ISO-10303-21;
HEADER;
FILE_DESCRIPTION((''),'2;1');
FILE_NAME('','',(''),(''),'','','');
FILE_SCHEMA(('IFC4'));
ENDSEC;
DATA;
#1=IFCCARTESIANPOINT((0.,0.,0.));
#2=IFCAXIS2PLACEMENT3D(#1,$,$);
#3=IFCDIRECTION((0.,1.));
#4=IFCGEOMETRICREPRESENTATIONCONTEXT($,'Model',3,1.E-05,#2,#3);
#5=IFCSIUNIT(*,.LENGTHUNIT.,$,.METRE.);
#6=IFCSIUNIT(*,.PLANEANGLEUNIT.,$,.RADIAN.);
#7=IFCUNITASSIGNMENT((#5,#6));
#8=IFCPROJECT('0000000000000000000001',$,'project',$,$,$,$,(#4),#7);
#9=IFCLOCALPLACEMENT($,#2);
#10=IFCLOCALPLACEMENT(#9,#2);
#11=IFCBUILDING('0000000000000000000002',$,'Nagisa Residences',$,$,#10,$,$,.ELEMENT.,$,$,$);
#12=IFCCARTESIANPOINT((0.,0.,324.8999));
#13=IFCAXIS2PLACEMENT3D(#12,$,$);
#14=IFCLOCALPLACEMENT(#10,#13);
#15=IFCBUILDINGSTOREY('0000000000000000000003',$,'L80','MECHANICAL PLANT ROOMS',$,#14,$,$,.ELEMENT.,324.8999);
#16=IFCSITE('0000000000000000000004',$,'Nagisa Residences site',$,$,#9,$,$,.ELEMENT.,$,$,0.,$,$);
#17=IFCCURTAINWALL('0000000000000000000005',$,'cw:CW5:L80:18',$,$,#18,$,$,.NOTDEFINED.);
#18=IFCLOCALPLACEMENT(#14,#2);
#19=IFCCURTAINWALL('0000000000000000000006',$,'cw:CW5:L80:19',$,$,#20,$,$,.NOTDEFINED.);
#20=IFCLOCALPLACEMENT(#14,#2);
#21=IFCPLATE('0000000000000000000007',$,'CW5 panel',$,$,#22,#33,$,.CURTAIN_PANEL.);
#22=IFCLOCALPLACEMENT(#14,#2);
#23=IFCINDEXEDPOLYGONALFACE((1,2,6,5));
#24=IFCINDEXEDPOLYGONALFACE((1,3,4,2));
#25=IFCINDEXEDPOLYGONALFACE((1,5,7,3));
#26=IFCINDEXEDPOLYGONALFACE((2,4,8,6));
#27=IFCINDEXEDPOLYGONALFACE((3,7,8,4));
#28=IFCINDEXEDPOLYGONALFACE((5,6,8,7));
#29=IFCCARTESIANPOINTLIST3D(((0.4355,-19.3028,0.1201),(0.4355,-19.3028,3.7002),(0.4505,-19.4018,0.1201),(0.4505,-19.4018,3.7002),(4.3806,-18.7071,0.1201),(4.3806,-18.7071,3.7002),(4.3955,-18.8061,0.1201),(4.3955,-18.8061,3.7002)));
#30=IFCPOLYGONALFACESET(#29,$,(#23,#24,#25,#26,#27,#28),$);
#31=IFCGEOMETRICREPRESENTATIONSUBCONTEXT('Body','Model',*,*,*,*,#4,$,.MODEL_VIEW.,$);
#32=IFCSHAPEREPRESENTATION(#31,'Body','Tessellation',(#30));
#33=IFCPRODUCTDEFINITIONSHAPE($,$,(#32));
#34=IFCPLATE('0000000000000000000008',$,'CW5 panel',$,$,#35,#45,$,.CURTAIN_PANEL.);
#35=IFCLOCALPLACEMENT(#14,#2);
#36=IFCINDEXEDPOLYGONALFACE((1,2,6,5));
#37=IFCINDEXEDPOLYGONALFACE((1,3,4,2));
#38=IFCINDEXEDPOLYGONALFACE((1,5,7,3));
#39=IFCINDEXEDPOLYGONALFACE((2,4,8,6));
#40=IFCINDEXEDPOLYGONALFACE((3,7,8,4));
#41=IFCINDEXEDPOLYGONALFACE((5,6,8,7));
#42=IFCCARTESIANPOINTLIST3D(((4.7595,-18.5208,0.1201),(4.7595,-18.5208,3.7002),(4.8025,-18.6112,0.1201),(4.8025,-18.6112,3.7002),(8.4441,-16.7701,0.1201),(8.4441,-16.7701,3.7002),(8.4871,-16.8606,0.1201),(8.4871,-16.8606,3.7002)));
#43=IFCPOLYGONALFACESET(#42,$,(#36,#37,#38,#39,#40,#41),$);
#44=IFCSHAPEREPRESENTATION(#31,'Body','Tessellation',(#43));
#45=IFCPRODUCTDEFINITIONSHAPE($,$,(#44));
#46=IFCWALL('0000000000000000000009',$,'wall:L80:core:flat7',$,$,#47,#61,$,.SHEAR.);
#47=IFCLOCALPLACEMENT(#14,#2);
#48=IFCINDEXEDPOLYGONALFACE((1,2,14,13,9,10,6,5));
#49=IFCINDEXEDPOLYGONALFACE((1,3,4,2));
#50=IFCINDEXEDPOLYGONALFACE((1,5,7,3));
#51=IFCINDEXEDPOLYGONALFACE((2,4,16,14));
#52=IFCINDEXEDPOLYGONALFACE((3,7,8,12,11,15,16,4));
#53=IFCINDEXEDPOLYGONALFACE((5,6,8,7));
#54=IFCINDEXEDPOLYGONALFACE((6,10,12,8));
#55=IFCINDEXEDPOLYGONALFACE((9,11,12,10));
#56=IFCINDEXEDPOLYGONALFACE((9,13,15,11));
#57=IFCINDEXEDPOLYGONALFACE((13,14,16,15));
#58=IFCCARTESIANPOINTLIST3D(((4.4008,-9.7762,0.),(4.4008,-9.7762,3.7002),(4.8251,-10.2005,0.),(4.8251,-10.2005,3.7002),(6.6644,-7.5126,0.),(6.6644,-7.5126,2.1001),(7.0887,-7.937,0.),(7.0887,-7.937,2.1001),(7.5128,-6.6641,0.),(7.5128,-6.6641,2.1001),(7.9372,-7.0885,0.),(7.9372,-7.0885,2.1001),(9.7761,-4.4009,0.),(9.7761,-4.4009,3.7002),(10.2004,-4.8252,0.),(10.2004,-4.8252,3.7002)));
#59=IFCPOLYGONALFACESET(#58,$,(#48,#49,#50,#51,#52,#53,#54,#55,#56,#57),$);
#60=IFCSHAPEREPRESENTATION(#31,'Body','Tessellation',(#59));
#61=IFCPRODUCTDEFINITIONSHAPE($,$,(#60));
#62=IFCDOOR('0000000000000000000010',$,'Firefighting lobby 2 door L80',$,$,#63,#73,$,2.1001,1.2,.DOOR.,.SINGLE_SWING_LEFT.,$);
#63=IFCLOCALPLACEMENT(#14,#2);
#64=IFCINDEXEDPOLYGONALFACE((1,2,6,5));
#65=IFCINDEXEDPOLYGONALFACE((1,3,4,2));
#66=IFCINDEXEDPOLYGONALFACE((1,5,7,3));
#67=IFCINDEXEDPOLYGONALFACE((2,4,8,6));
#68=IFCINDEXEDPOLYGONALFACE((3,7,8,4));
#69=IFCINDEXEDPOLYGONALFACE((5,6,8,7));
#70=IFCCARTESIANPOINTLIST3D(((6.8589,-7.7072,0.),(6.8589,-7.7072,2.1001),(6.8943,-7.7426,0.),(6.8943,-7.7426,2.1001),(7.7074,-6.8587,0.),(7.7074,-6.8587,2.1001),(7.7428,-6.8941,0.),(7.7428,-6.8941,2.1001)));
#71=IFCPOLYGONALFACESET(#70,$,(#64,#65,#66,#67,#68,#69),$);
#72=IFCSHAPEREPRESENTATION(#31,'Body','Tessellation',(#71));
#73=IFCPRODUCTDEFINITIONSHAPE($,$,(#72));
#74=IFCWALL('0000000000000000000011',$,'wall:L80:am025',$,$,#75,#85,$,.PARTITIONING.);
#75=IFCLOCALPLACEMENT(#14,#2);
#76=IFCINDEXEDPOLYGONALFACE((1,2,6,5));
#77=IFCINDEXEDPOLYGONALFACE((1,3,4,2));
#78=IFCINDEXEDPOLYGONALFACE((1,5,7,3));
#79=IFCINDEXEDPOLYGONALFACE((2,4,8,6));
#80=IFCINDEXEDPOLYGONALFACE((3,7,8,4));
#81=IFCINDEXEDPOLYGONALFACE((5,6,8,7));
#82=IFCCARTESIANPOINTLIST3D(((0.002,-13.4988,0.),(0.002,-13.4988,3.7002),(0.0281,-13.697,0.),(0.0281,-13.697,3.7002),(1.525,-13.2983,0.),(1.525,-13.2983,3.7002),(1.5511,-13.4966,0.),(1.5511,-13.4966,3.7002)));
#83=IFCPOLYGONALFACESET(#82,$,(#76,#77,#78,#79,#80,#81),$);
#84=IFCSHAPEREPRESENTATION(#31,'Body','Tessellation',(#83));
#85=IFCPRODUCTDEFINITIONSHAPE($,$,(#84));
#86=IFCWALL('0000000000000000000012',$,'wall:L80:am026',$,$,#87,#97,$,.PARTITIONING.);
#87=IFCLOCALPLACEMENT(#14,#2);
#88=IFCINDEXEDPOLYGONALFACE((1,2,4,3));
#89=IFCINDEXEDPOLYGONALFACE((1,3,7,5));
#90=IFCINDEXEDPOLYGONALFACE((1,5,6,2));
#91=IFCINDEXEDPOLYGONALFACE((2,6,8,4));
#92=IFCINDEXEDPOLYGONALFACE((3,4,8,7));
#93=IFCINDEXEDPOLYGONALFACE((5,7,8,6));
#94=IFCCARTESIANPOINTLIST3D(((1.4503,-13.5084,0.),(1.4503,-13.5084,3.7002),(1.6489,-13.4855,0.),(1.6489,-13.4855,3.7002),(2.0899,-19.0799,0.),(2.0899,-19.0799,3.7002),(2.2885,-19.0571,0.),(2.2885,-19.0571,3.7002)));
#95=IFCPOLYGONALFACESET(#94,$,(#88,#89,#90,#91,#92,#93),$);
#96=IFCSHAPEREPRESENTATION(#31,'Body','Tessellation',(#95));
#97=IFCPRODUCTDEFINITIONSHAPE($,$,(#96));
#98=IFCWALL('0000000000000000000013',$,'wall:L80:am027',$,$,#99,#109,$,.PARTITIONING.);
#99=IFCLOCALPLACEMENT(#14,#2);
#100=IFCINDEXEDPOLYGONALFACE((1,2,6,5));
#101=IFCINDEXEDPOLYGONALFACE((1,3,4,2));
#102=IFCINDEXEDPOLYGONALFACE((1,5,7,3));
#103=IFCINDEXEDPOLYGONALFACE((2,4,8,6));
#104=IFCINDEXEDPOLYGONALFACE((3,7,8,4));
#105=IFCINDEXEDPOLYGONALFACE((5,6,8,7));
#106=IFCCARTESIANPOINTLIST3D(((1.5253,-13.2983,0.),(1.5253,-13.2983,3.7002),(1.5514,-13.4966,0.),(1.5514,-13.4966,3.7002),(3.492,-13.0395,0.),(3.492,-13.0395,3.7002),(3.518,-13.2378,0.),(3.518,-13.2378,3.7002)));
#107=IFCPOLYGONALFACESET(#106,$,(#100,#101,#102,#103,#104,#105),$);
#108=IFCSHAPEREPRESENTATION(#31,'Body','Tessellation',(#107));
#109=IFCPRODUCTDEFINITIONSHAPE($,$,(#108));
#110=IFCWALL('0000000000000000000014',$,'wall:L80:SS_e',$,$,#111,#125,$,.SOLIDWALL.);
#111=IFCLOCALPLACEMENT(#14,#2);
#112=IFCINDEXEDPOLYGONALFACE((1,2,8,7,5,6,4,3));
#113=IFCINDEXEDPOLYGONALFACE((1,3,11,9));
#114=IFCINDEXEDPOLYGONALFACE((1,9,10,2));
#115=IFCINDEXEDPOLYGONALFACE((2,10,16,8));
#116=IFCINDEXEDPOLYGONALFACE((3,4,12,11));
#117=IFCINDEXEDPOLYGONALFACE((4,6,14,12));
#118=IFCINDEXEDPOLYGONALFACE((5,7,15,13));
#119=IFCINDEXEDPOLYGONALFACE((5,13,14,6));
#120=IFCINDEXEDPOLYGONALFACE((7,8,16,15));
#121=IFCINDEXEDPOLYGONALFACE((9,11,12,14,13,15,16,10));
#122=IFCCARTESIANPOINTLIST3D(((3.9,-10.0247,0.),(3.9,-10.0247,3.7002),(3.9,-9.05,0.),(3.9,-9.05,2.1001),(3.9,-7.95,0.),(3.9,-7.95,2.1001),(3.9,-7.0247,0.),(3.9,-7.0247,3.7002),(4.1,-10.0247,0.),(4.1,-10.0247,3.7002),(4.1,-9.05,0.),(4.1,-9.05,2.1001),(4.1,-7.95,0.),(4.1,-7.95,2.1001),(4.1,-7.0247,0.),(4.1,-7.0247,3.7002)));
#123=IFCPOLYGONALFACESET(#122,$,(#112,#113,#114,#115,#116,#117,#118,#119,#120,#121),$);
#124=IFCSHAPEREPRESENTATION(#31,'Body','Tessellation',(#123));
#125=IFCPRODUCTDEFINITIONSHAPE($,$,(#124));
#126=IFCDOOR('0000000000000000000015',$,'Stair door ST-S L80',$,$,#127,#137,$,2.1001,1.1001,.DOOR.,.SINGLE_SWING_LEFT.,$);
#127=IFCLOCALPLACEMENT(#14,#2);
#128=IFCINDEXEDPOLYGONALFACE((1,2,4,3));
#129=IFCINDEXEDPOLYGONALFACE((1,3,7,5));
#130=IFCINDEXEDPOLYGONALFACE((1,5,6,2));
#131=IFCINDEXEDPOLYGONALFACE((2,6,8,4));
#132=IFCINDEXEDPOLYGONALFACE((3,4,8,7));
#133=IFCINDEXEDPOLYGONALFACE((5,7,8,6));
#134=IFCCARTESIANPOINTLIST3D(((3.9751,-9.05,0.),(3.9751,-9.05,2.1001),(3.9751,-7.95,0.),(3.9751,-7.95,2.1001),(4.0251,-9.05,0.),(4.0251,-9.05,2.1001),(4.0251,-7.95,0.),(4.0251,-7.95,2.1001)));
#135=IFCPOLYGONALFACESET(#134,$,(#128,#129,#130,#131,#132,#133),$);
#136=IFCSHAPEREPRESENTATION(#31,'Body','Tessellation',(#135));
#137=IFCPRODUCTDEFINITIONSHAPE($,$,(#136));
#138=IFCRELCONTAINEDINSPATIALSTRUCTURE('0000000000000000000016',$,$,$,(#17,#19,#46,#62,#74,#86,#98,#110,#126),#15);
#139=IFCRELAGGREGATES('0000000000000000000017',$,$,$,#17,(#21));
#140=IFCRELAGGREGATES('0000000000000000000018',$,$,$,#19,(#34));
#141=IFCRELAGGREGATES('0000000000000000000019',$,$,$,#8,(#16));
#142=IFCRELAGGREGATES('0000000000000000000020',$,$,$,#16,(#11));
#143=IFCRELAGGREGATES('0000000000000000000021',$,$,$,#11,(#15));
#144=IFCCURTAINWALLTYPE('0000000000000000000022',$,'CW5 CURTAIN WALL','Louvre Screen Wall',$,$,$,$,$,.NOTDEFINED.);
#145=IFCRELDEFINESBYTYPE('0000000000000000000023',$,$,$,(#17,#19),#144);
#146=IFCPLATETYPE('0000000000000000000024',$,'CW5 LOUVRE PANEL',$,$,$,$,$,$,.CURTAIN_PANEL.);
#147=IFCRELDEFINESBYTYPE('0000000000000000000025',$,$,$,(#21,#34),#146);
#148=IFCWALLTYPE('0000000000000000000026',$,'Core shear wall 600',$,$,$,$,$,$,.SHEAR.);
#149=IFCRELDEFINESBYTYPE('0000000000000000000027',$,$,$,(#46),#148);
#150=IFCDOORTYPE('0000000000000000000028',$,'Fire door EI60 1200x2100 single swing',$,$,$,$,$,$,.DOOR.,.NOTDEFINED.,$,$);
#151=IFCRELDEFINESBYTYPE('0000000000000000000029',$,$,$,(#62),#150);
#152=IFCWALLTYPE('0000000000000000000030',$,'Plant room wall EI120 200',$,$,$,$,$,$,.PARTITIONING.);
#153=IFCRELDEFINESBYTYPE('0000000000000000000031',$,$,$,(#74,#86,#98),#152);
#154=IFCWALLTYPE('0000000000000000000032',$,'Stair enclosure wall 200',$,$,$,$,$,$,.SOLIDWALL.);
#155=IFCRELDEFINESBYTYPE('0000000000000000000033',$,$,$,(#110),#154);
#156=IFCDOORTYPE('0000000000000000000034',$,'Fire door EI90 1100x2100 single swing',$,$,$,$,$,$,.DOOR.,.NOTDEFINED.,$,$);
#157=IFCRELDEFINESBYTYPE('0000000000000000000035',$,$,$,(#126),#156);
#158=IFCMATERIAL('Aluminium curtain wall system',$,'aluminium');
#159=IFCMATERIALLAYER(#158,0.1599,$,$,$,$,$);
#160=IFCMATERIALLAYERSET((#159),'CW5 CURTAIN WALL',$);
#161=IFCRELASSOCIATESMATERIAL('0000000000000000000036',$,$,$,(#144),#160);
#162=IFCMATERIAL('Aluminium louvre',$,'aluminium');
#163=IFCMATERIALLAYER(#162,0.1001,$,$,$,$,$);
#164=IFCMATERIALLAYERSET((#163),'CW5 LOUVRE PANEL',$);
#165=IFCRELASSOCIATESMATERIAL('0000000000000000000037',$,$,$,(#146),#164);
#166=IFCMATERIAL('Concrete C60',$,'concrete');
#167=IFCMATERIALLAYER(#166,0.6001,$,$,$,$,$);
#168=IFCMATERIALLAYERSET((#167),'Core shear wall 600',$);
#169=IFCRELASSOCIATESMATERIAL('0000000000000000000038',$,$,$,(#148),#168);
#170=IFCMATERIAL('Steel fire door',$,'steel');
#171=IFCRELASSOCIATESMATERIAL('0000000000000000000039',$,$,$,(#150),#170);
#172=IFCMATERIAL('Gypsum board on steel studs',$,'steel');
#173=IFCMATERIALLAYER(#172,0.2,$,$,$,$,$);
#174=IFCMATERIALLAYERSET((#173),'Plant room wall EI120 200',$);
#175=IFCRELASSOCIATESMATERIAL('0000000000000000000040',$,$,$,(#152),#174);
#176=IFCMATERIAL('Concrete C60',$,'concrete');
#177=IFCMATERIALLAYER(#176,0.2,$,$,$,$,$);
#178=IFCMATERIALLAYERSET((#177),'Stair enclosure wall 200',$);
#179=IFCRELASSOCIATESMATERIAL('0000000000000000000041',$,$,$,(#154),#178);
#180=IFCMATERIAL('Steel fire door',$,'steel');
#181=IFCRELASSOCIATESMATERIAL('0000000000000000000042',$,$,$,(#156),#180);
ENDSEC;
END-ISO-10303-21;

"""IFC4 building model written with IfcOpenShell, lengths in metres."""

from ifc_helpers import new_model, si_unit, direction, frame, frame_2d, origin, origin_2d, place, context, subcontext, project, spatial, rectangle, extrude, material, layer, layer_set, type_object, element, fill, aggregate, save


model = new_model("IFC4")

# Units and contexts
model_context = context("Model", 3, precision=1e-05, world=origin(), true_north=direction((0.0, 1.0)))
body_context = subcontext(model_context, "Body", "Model", "MODEL_VIEW")
ifc_project = project(units=[si_unit("LENGTHUNIT", "METRE"), si_unit("PLANEANGLEUNIT", "RADIAN")], contexts=[model_context])

# Site, building, storey
site_placement = place(None, origin())
site = spatial("IfcSite", under=ifc_project, at=site_placement, Name="Nagisa Residences site", CompositionType="ELEMENT", RefElevation=0.0)
building_placement = place(site_placement, origin())
building = spatial("IfcBuilding", under=site, at=building_placement, Name="Nagisa Residences", CompositionType="ELEMENT")
storey_placement = place(building_placement, frame((0.0, 0.0, 324.8999)))
storey = spatial("IfcBuildingStorey", under=building, at=storey_placement, Name="L80", Description="MECHANICAL PLANT ROOMS", CompositionType="ELEMENT", Elevation=324.8999)

# Curtain walls
ifc_material_1 = material(Name="Aluminium curtain wall system", Category="aluminium")
ifc_layer_1 = layer(ifc_material_1, 0.1599)
ifc_layer_set_1 = layer_set([ifc_layer_1], Name="CW5 CURTAIN WALL")
curtain_wall_type = type_object("IfcCurtainWallType", Name="CW5 CURTAIN WALL", Description="Louvre Screen Wall", PredefinedType="NOTDEFINED", material=ifc_layer_set_1)
curtain_wall_1_placement = place(storey_placement, origin())
curtain_wall_1 = element("IfcCurtainWall", 1, at=curtain_wall_1_placement, inside=storey, type_object=curtain_wall_type, Name="cw:CW5:L80:18", PredefinedType="NOTDEFINED")
curtain_wall_2_placement = place(storey_placement, origin())
curtain_wall_2 = element("IfcCurtainWall", 2, at=curtain_wall_2_placement, inside=storey, type_object=curtain_wall_type, Name="cw:CW5:L80:19", PredefinedType="NOTDEFINED")

# Plates
ifc_material_2 = material(Name="Aluminium louvre", Category="aluminium")
ifc_layer_2 = layer(ifc_material_2, 0.1001)
ifc_layer_set_2 = layer_set([ifc_layer_2], Name="CW5 LOUVRE PANEL")
plate_type = type_object("IfcPlateType", Name="CW5 LOUVRE PANEL", PredefinedType="CURTAIN_PANEL", material=ifc_layer_set_2)
plate_1_placement = place(storey_placement, frame((2.4155, -19.0544, 0.1201), z_axis=(0.0, 0.0, 1.0), x_axis=(0.988789, 0.14932, 0.0)))
plate_1 = element("IfcPlate", 3, at=plate_1_placement, type_object=plate_type, Name="CW5 panel", PredefinedType="CURTAIN_PANEL", context=body_context, shape_type="SweptSolid", body=[
    extrude(rectangle(XDim=3.9897, YDim=0.1001, at=origin_2d()), origin(), (0.0, 0.0, 1.0), 3.5801),
])
aggregate(curtain_wall_1, [plate_1])
plate_2_placement = place(storey_placement, frame((6.6233, -17.6907, 0.1201), z_axis=(0.0, 0.0, 1.0), x_axis=(0.903233, 0.429151, 0.0)))
plate_2 = element("IfcPlate", 4, at=plate_2_placement, type_object=plate_type, Name="CW5 panel", PredefinedType="CURTAIN_PANEL", context=body_context, shape_type="SweptSolid", body=[
    extrude(rectangle(XDim=4.0793, YDim=0.1001, at=origin_2d()), origin(), (0.0, 0.0, 1.0), 3.5801),
])
aggregate(curtain_wall_2, [plate_2])

# Wall, opening, door
ifc_material_3 = material(Name="Concrete C60", Category="concrete")
ifc_layer_3 = layer(ifc_material_3, 0.6001)
ifc_layer_set_3 = layer_set([ifc_layer_3], Name="Core shear wall 600")
wall_type_1 = type_object("IfcWallType", Name="Core shear wall 600", PredefinedType="SHEAR", material=ifc_layer_set_3)
wall_1_placement = place(storey_placement, frame((4.613, -9.9883, 0.0), z_axis=(0.0, 0.0, 1.0), x_axis=(0.707107, 0.707107, 0.0)))
wall_1 = element("IfcWall", 5, at=wall_1_placement, inside=storey, type_object=wall_type_1, Name="wall:L80:core:flat7", PredefinedType="SHEAR", context=body_context, shape_type="SweptSolid", body=[
    extrude(rectangle(XDim=7.6018, YDim=0.6001, at=frame_2d((3.8008, 0.0))), origin(), (0.0, 0.0, 1.0), 3.7002),
])
opening_1_placement = place(wall_1_placement, frame((3.2009, 0.0, 0.0)))
opening_1 = element("IfcOpeningElement", 6, at=opening_1_placement, cuts=wall_1, PredefinedType="OPENING", context=body_context, shape_type="SweptSolid", body=[
    extrude(rectangle(XDim=1.2, YDim=2.1001, at=frame_2d((0.6001, 1.05))), frame((0.0, 0.3101, 0.0), z_axis=(0.0, -1.0, 0.0), x_axis=(1.0, 0.0, 0.0)), (0.0, 0.0, 1.0), 0.6201),
])
ifc_material_4 = material(Name="Steel fire door", Category="steel")
door_type_1 = type_object("IfcDoorType", Name="Fire door EI60 1200x2100 single swing", OperationType="NOTDEFINED", PredefinedType="DOOR", material=ifc_material_4)
door_1_placement = place(opening_1_placement, origin())
door_1 = element("IfcDoor", 7, at=door_1_placement, inside=storey, type_object=door_type_1, Name="Firefighting lobby 2 door L80", OperationType="SINGLE_SWING_LEFT", OverallHeight=2.1001, OverallWidth=1.2, PredefinedType="DOOR", context=body_context, shape_type="SweptSolid", body=[
    extrude(rectangle(XDim=1.2, YDim=2.1001, at=frame_2d((0.6001, 1.05))), frame((0.0, 0.0249, 0.0), z_axis=(0.0, -1.0, 0.0), x_axis=(1.0, 0.0, 0.0)), (0.0, 0.0, 1.0), 0.05),
])
fill(opening_1, door_1)

# Walls
ifc_material_5 = material(Name="Gypsum board on steel studs", Category="steel")
ifc_layer_4 = layer(ifc_material_5, 0.2)
ifc_layer_set_4 = layer_set([ifc_layer_4], Name="Plant room wall EI120 200")
wall_type_2 = type_object("IfcWallType", Name="Plant room wall EI120 200", PredefinedType="PARTITIONING", material=ifc_layer_set_4)
wall_2_placement = place(storey_placement, frame((1.5381, -13.3975, 0.0), z_axis=(0.0, 0.0, 1.0), x_axis=(-0.99145, -0.130487, 0.0)))
element("IfcWall", 8, at=wall_2_placement, inside=storey, type_object=wall_type_2, Name="wall:L80:am025", PredefinedType="PARTITIONING", context=body_context, shape_type="SweptSolid", body=[
    extrude(rectangle(XDim=1.5361, YDim=0.2, at=frame_2d((0.7681, 0.0))), origin(), (0.0, 0.0, 1.0), 3.7002),
])
wall_3_placement = place(storey_placement, frame((1.5496, -13.4968, 0.0), z_axis=(0.0, 0.0, 1.0), x_axis=(0.114057, -0.993474, 0.0)))
element("IfcWall", 9, at=wall_3_placement, inside=storey, type_object=wall_type_2, Name="wall:L80:am026", PredefinedType="PARTITIONING", context=body_context, shape_type="SweptSolid", body=[
    extrude(rectangle(XDim=5.6082, YDim=0.2, at=frame_2d((2.8042, 0.0))), origin(), (0.0, 0.0, 1.0), 3.7002),
])
wall_4_placement = place(storey_placement, frame((3.5049, -13.1387, 0.0), z_axis=(0.0, 0.0, 1.0), x_axis=(-0.991454, -0.130455, 0.0)))
element("IfcWall", 10, at=wall_4_placement, inside=storey, type_object=wall_type_2, Name="wall:L80:am027", PredefinedType="PARTITIONING", context=body_context, shape_type="SweptSolid", body=[
    extrude(rectangle(XDim=1.9836, YDim=0.2, at=frame_2d((0.9917, 0.0))), origin(), (0.0, 0.0, 1.0), 3.7002),
])

# Wall, opening, door
ifc_material_6 = material(Name="Concrete C60", Category="concrete")
ifc_layer_5 = layer(ifc_material_6, 0.2)
ifc_layer_set_5 = layer_set([ifc_layer_5], Name="Stair enclosure wall 200")
wall_type_3 = type_object("IfcWallType", Name="Stair enclosure wall 200", PredefinedType="SOLIDWALL", material=ifc_layer_set_5)
wall_5_placement = place(storey_placement, frame((4.0, -10.0247, 0.0), z_axis=(0.0, 0.0, 1.0), x_axis=(0.0, 1.0, 0.0)))
wall_5 = element("IfcWall", 11, at=wall_5_placement, inside=storey, type_object=wall_type_3, Name="wall:L80:SS_e", PredefinedType="SOLIDWALL", context=body_context, shape_type="SweptSolid", body=[
    extrude(rectangle(XDim=3.0, YDim=0.2, at=frame_2d((1.5, 0.0))), origin(), (0.0, 0.0, 1.0), 3.7002),
])
opening_2_placement = place(wall_5_placement, frame((0.9746, 0.0, 0.0)))
opening_2 = element("IfcOpeningElement", 12, at=opening_2_placement, cuts=wall_5, PredefinedType="OPENING", context=body_context, shape_type="SweptSolid", body=[
    extrude(rectangle(XDim=1.1001, YDim=2.1001, at=frame_2d((0.55, 1.05))), frame((0.0, 0.1099, 0.0), z_axis=(0.0, -1.0, 0.0), x_axis=(1.0, 0.0, 0.0)), (0.0, 0.0, 1.0), 0.22),
])
ifc_material_7 = material(Name="Steel fire door", Category="steel")
door_type_2 = type_object("IfcDoorType", Name="Fire door EI90 1100x2100 single swing", OperationType="NOTDEFINED", PredefinedType="DOOR", material=ifc_material_7)
door_2_placement = place(opening_2_placement, origin())
door_2 = element("IfcDoor", 13, at=door_2_placement, inside=storey, type_object=door_type_2, Name="Stair door ST-S L80", OperationType="SINGLE_SWING_LEFT", OverallHeight=2.1001, OverallWidth=1.1001, PredefinedType="DOOR", context=body_context, shape_type="SweptSolid", body=[
    extrude(rectangle(XDim=1.1001, YDim=2.1001, at=frame_2d((0.55, 1.05))), frame((0.0, 0.0249, 0.0), z_axis=(0.0, -1.0, 0.0), x_axis=(1.0, 0.0, 0.0)), (0.0, 0.0, 1.0), 0.05),
])
fill(opening_2, door_2)

save(model, "model.ifc")
